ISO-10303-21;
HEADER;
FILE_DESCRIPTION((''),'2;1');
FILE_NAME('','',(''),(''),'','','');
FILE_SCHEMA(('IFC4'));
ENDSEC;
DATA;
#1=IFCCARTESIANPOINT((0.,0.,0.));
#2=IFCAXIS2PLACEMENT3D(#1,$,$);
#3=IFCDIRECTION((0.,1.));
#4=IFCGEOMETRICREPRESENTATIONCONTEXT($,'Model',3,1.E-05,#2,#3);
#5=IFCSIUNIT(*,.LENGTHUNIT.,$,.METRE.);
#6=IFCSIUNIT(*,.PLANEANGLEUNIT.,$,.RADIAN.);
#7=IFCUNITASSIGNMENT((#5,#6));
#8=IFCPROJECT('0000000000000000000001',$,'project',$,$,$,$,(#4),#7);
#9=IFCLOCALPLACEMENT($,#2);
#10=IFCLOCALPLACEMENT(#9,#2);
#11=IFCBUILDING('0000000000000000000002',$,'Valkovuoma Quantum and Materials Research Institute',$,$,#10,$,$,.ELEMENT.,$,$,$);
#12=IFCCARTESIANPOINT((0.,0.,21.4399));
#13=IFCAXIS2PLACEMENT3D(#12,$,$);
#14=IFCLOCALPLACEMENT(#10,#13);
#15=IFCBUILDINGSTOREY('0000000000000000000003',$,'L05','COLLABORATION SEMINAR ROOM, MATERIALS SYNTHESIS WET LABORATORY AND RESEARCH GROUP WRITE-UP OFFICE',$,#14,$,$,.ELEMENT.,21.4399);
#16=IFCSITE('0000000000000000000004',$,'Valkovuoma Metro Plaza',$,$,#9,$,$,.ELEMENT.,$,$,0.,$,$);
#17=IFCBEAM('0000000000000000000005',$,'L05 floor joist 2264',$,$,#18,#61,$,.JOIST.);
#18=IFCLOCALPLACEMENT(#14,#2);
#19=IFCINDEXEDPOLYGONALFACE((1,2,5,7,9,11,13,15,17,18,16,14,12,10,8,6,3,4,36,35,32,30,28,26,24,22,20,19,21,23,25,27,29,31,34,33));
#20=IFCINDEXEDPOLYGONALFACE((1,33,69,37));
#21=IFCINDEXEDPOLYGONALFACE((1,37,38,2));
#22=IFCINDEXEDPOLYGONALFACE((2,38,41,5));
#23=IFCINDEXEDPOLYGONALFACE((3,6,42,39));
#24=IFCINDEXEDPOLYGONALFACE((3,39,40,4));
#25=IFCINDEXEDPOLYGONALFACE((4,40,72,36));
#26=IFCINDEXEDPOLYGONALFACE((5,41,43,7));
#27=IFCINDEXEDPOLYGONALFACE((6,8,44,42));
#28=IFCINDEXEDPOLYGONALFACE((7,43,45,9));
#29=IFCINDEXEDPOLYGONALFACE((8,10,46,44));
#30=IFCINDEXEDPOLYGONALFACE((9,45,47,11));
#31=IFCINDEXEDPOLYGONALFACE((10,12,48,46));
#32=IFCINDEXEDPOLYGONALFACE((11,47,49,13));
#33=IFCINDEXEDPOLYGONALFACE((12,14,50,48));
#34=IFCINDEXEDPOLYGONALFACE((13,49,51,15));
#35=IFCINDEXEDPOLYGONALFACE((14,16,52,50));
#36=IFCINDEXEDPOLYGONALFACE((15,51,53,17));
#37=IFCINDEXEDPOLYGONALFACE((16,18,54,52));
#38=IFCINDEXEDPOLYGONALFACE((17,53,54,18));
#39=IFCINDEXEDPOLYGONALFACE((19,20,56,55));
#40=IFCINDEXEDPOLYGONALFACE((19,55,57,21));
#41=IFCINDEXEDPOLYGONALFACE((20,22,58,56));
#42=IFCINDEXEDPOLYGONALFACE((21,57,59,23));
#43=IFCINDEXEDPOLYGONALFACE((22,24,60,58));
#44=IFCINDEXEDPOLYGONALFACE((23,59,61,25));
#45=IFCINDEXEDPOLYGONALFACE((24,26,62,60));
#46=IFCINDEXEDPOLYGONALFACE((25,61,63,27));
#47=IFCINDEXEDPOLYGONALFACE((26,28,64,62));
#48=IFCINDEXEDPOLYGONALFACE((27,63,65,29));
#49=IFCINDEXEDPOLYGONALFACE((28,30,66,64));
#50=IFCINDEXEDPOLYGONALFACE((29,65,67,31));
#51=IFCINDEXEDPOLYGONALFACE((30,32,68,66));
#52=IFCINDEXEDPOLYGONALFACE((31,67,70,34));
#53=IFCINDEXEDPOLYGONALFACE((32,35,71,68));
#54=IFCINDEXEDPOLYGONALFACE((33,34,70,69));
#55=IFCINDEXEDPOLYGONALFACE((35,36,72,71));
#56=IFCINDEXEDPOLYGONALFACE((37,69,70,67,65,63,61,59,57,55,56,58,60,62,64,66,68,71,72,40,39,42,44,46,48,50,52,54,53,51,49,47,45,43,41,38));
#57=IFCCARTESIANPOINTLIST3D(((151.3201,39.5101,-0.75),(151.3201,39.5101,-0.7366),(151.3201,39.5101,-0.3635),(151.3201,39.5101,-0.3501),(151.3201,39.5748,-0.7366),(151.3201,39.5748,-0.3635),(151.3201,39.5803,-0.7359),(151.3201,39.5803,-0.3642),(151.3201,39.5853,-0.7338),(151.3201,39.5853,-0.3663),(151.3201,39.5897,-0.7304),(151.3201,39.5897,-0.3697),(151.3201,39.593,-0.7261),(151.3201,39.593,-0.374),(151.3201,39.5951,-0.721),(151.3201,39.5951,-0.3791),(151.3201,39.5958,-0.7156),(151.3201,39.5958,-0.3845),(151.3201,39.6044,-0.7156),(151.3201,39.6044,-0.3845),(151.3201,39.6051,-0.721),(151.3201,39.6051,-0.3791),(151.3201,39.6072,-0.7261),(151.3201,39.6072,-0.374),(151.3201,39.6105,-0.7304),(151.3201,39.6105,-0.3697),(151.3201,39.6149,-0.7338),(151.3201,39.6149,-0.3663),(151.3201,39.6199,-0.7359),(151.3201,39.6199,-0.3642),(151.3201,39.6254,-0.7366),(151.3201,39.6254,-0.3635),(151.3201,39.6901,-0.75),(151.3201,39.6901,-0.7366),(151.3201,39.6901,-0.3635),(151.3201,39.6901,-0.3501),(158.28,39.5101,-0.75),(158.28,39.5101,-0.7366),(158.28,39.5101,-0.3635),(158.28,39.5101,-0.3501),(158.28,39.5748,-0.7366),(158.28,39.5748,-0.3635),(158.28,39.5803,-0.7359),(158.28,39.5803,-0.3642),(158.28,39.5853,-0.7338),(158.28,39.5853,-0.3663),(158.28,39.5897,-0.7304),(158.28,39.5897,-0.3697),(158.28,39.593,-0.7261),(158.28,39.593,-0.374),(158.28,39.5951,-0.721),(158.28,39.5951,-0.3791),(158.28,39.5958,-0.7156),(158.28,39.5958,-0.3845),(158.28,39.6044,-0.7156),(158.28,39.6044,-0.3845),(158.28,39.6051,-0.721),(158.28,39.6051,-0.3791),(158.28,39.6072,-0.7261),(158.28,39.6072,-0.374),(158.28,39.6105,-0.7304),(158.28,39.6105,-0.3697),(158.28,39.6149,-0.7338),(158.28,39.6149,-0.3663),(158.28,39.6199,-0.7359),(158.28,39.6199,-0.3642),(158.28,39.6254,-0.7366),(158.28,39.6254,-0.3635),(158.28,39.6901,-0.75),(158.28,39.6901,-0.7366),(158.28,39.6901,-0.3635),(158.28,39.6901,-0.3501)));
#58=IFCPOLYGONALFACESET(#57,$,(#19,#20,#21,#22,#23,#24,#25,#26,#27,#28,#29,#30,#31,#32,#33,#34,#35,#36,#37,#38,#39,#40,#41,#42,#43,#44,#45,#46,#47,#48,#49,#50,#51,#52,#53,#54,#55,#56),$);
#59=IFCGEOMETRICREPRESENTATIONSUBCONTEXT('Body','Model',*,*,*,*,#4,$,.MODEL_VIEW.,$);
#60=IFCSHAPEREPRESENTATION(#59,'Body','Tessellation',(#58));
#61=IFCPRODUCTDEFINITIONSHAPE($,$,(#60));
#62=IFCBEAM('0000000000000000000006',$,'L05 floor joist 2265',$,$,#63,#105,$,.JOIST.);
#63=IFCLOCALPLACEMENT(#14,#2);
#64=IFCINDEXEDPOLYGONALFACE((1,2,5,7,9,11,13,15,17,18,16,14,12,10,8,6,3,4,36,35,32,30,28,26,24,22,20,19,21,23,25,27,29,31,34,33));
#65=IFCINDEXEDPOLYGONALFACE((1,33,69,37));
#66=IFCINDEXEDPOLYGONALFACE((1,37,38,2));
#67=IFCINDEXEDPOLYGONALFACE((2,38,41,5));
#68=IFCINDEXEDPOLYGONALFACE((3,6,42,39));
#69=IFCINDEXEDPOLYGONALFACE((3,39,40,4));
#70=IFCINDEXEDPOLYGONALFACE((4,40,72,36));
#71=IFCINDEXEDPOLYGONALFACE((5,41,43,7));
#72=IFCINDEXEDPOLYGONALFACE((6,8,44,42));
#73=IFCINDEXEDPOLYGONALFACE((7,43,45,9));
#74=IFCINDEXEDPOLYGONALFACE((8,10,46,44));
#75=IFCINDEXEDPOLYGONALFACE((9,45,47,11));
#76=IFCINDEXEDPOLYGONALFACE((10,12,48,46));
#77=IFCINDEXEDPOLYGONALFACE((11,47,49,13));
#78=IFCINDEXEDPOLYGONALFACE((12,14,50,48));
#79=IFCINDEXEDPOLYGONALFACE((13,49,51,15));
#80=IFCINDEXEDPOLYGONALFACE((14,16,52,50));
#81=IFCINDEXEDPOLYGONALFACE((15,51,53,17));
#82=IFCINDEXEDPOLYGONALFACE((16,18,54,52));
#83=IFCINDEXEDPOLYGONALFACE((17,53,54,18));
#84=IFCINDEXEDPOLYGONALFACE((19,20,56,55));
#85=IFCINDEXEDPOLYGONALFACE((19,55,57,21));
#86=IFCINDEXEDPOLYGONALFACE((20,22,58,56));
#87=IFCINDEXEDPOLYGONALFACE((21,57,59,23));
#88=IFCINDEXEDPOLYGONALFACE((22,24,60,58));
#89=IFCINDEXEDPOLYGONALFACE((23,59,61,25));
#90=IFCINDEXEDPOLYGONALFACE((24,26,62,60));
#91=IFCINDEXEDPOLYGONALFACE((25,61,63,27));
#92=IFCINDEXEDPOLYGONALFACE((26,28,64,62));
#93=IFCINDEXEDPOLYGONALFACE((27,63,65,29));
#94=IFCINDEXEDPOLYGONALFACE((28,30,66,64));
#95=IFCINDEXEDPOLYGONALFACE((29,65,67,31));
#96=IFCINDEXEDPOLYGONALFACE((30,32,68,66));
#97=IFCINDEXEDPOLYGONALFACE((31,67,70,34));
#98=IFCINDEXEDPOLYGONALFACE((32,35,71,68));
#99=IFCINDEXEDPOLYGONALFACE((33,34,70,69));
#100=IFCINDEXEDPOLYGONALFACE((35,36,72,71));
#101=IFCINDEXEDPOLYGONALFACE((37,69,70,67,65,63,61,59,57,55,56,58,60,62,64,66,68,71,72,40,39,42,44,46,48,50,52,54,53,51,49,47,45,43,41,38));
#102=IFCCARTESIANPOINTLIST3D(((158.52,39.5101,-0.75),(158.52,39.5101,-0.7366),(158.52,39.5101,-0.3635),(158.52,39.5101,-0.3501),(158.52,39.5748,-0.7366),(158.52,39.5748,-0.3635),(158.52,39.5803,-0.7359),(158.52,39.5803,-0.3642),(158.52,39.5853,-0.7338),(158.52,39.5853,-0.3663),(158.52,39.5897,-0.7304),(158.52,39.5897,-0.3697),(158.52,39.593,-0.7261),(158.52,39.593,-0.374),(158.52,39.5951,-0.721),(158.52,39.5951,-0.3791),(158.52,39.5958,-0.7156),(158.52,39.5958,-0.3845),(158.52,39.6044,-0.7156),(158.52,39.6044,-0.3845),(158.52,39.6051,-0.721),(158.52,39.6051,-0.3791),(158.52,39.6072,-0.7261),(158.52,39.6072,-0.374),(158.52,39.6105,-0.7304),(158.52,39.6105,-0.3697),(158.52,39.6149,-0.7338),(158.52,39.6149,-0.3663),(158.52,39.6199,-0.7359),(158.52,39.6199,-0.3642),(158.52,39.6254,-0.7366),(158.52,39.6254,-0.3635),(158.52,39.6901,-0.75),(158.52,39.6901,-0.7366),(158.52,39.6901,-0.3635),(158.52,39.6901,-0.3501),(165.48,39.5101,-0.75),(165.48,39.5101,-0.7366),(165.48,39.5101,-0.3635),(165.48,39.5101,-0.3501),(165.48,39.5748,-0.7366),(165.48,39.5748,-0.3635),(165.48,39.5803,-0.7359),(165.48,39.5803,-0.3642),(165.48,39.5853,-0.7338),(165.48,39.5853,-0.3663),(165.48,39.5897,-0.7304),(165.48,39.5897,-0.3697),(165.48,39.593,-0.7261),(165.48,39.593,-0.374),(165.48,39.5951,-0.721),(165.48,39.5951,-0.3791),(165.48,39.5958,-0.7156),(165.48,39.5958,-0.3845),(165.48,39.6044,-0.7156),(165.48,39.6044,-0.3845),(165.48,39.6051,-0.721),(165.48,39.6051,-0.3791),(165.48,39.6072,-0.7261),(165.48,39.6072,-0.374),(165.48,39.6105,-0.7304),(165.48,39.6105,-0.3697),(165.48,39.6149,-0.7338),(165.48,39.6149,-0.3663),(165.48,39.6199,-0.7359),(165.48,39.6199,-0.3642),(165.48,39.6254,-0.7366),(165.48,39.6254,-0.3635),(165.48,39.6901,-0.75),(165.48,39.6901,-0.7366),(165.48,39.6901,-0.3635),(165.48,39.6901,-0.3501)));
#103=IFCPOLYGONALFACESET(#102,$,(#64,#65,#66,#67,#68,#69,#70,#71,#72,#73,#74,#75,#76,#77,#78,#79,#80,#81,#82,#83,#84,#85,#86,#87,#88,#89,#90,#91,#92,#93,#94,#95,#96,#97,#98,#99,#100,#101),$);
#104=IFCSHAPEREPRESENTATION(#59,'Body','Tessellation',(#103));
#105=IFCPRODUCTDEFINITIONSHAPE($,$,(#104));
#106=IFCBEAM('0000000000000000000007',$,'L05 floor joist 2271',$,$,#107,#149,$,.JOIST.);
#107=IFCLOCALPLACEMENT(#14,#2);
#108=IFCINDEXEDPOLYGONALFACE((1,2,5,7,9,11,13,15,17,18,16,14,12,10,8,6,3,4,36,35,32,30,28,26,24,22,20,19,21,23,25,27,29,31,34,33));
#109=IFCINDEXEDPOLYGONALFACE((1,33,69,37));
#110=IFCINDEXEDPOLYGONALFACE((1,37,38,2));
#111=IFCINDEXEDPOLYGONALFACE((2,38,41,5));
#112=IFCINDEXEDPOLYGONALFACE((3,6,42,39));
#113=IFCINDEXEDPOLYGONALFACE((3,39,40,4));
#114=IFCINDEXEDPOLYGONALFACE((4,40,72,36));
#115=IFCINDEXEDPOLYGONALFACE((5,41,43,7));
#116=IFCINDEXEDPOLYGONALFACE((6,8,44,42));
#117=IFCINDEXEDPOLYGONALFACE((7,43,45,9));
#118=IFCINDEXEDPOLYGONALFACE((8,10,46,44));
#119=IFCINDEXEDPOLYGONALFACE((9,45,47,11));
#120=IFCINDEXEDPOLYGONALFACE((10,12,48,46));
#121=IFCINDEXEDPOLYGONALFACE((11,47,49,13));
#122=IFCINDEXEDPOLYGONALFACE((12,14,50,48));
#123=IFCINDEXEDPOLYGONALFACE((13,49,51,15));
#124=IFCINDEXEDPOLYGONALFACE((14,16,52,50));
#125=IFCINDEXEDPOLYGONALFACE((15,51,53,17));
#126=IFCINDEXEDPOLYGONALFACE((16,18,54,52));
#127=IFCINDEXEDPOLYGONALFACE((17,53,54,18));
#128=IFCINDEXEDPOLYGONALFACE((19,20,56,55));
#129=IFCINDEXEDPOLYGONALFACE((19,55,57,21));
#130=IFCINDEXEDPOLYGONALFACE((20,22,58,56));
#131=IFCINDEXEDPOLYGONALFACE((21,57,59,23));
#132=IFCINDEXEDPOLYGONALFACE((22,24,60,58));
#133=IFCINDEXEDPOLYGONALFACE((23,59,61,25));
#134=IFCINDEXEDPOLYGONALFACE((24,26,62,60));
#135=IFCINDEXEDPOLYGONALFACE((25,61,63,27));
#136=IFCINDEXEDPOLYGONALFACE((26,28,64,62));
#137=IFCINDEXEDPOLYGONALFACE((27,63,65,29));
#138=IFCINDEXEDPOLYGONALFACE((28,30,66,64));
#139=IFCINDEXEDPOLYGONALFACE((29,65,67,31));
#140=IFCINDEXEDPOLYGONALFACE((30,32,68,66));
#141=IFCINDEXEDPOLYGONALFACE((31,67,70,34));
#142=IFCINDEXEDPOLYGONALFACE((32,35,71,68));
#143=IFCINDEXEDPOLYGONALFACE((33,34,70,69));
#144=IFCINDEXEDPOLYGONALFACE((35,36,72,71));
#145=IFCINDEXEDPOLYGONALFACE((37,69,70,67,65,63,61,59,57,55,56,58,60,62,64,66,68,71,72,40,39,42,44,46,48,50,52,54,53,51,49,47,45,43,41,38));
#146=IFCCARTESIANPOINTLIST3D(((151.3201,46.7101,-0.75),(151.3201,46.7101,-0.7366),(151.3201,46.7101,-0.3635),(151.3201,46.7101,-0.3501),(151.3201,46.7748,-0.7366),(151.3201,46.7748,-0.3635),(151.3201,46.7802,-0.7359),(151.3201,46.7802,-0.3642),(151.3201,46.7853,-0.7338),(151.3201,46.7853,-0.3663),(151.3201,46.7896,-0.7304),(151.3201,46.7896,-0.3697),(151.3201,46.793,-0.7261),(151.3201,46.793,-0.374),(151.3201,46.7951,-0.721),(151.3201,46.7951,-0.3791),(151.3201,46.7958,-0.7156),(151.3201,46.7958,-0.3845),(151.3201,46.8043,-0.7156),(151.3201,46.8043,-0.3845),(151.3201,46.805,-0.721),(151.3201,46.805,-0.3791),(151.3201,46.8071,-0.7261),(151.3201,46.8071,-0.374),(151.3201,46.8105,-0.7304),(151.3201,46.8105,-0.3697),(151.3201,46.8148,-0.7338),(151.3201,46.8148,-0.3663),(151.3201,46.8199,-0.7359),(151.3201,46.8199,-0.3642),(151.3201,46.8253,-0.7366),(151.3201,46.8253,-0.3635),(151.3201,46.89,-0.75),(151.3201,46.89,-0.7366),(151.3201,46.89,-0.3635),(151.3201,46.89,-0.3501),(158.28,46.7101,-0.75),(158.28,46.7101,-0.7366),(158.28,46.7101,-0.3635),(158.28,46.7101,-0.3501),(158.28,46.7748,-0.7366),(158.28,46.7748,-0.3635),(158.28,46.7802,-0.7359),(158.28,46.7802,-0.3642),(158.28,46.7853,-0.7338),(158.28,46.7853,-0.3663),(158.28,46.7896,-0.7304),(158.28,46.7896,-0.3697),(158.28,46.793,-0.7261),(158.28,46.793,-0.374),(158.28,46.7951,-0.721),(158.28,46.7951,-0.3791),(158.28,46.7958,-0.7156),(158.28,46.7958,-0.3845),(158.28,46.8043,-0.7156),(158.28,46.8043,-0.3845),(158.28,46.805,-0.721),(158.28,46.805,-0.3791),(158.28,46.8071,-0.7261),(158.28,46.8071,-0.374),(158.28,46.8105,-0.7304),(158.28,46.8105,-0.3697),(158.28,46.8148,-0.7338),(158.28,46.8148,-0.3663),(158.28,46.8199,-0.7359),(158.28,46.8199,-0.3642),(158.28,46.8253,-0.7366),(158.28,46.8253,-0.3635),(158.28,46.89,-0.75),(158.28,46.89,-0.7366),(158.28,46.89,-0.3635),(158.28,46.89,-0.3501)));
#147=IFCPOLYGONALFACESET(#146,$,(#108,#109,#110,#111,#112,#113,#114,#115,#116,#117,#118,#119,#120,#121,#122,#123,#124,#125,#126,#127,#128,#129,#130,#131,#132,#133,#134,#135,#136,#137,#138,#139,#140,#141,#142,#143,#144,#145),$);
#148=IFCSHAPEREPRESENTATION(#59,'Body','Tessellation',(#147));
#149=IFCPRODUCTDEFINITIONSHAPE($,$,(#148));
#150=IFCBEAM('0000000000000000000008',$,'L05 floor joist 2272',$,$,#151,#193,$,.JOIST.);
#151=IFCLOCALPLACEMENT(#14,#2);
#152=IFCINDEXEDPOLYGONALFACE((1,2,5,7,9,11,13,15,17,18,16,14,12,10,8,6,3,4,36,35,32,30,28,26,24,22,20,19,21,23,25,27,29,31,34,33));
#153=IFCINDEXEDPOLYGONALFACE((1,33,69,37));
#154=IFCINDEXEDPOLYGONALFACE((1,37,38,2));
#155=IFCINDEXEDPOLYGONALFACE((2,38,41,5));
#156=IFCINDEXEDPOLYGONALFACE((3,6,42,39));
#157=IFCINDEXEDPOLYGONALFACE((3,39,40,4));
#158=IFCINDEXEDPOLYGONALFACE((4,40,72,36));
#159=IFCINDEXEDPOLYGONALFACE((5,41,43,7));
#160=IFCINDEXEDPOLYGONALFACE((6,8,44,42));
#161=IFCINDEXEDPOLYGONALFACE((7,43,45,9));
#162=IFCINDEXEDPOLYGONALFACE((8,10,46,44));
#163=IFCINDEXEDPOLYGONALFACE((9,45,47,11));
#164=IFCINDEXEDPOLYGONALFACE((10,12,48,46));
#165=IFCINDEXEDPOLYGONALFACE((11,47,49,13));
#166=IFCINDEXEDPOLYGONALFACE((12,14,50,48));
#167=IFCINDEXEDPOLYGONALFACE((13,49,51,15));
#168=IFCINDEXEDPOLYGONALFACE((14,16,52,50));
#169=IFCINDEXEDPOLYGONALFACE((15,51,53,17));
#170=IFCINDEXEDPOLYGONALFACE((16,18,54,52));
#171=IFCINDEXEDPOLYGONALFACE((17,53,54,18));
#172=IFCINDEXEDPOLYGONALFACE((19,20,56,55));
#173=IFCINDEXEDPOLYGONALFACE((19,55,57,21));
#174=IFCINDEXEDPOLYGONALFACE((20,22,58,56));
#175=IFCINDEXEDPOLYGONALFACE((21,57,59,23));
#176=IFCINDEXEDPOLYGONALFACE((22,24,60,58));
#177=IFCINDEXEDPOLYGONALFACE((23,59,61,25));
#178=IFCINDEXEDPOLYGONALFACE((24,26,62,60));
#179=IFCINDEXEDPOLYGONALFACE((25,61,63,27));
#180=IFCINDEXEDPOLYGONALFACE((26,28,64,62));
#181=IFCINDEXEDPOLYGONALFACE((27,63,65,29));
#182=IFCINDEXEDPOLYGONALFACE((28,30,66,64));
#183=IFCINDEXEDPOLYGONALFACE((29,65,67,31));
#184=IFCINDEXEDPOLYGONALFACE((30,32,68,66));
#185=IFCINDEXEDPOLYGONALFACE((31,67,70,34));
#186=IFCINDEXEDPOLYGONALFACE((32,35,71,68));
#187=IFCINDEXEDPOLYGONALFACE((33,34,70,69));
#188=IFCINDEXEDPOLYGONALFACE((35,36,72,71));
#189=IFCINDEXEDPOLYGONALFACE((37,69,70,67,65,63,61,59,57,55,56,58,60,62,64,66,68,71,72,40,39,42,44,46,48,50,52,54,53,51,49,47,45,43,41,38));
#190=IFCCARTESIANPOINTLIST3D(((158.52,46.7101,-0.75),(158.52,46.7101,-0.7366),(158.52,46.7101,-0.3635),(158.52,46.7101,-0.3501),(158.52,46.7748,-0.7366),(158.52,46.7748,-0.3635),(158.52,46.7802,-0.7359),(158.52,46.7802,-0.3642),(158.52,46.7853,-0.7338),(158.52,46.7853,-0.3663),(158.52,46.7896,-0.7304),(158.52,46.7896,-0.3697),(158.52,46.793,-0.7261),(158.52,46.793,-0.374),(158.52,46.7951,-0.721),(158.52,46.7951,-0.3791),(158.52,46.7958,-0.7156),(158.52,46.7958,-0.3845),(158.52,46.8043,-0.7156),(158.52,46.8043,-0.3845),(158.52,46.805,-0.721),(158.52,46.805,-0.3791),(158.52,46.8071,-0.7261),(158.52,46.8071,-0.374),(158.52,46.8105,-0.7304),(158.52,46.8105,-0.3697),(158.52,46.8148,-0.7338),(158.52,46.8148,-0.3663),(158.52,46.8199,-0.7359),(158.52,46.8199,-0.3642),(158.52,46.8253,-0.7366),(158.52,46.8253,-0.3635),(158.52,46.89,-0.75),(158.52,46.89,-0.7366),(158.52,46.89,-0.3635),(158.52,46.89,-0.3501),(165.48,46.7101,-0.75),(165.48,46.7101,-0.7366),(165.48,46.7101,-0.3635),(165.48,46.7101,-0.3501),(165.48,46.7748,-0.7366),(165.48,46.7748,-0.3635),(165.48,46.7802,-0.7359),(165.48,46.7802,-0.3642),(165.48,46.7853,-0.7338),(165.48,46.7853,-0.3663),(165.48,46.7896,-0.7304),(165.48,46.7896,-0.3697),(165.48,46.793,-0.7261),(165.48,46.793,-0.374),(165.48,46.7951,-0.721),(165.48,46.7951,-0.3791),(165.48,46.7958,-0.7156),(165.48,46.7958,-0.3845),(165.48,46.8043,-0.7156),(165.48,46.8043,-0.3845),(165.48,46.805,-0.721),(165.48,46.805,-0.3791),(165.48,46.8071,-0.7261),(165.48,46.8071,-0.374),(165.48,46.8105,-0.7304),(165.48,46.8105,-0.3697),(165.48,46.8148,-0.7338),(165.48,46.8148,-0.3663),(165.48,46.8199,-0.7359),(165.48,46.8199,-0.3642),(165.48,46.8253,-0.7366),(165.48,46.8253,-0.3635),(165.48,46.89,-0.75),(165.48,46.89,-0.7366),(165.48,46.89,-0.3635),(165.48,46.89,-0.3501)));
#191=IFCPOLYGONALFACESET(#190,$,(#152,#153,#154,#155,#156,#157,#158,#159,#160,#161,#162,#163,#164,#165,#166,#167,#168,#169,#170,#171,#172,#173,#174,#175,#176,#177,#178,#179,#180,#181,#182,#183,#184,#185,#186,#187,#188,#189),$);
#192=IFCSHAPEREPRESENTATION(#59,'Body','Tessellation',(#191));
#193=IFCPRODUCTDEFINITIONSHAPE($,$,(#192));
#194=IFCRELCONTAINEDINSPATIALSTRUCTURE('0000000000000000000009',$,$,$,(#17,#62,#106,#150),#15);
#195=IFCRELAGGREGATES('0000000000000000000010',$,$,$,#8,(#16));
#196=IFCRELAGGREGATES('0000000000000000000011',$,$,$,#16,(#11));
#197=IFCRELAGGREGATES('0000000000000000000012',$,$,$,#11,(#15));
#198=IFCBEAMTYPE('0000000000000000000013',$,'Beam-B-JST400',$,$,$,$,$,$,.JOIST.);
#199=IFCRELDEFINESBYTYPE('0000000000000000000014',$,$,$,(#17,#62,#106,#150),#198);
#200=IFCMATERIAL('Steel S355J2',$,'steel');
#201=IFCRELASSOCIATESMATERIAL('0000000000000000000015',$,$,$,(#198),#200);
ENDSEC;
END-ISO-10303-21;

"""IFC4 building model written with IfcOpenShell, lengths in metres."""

from ifc_helpers import new_model, si_unit, direction, frame, origin, origin_2d, place, context, subcontext, project, spatial, i_section, extrude, material, material_profile, profile_set, type_object, element, save


model = new_model("IFC4")

# Units and contexts
model_context = context("Model", 3, precision=1e-05, world=origin(), true_north=direction((0.0, 1.0)))
body_context = subcontext(model_context, "Body", "Model", "MODEL_VIEW")
ifc_project = project(units=[si_unit("LENGTHUNIT", "METRE"), si_unit("PLANEANGLEUNIT", "RADIAN")], contexts=[model_context])

# Site, building, storey
site_placement = place(None, origin())
site = spatial("IfcSite", under=ifc_project, at=site_placement, Name="Valkovuoma Metro Plaza", CompositionType="ELEMENT", RefElevation=0.0)
building_placement = place(site_placement, origin())
building = spatial("IfcBuilding", under=site, at=building_placement, Name="Valkovuoma Quantum and Materials Research Institute", CompositionType="ELEMENT")
storey_placement = place(building_placement, frame((0.0, 0.0, 21.4399)))
storey = spatial("IfcBuildingStorey", under=building, at=storey_placement, Name="L05", Description="COLLABORATION SEMINAR ROOM, MATERIALS SYNTHESIS WET LABORATORY AND RESEARCH GROUP WRITE-UP OFFICE", CompositionType="ELEMENT", Elevation=21.4399)

# Beams
ifc_material_1 = material(Name="Steel S355J2", Category="steel")
ifc_material_profile_1 = material_profile(ifc_material_1, i_section(OverallWidth=0.1799, OverallDepth=0.3999, WebThickness=0.0085, FlangeThickness=0.0134, FilletRadius=0.021, at=origin_2d()), Name="Steel S355J2")
ifc_profile_set_1 = profile_set([ifc_material_profile_1], Name="Steel S355J2")
beam_type_1 = type_object("IfcBeamType", Name="Beam-B-JST400", PredefinedType="JOIST", material=ifc_profile_set_1)
for number, where, z_axis, x_axis, name in (
    (1, (151.3201, 39.6001, -0.55), (1.0, 0.0, 0.0), (0.0, 1.0, 0.0), "L05 floor joist 2264"),
    (2, (158.52, 39.6001, -0.55), (1.0, 0.0, 0.0), (0.0, 1.0, 0.0), "L05 floor joist 2265"),
    (3, (151.3201, 46.8, -0.55), (1.0, 0.0, 0.0), (0.0, 1.0, 0.0), "L05 floor joist 2271"),
    (4, (158.52, 46.8, -0.55), (1.0, 0.0, 0.0), (0.0, 1.0, 0.0), "L05 floor joist 2272"),
):
    element("IfcBeam", number, at=place(storey_placement, frame(where, z_axis=z_axis, x_axis=x_axis)), inside=storey, type_object=beam_type_1, Name=name, PredefinedType="JOIST", context=body_context, shape_type="SweptSolid", body=[
        extrude(i_section(OverallWidth=0.1799, OverallDepth=0.3999, WebThickness=0.0085, FlangeThickness=0.0134, FilletRadius=0.021, at=origin_2d()), origin(), (0.0, 0.0, 1.0), 6.96),
    ])

save(model, "model.ifc")
